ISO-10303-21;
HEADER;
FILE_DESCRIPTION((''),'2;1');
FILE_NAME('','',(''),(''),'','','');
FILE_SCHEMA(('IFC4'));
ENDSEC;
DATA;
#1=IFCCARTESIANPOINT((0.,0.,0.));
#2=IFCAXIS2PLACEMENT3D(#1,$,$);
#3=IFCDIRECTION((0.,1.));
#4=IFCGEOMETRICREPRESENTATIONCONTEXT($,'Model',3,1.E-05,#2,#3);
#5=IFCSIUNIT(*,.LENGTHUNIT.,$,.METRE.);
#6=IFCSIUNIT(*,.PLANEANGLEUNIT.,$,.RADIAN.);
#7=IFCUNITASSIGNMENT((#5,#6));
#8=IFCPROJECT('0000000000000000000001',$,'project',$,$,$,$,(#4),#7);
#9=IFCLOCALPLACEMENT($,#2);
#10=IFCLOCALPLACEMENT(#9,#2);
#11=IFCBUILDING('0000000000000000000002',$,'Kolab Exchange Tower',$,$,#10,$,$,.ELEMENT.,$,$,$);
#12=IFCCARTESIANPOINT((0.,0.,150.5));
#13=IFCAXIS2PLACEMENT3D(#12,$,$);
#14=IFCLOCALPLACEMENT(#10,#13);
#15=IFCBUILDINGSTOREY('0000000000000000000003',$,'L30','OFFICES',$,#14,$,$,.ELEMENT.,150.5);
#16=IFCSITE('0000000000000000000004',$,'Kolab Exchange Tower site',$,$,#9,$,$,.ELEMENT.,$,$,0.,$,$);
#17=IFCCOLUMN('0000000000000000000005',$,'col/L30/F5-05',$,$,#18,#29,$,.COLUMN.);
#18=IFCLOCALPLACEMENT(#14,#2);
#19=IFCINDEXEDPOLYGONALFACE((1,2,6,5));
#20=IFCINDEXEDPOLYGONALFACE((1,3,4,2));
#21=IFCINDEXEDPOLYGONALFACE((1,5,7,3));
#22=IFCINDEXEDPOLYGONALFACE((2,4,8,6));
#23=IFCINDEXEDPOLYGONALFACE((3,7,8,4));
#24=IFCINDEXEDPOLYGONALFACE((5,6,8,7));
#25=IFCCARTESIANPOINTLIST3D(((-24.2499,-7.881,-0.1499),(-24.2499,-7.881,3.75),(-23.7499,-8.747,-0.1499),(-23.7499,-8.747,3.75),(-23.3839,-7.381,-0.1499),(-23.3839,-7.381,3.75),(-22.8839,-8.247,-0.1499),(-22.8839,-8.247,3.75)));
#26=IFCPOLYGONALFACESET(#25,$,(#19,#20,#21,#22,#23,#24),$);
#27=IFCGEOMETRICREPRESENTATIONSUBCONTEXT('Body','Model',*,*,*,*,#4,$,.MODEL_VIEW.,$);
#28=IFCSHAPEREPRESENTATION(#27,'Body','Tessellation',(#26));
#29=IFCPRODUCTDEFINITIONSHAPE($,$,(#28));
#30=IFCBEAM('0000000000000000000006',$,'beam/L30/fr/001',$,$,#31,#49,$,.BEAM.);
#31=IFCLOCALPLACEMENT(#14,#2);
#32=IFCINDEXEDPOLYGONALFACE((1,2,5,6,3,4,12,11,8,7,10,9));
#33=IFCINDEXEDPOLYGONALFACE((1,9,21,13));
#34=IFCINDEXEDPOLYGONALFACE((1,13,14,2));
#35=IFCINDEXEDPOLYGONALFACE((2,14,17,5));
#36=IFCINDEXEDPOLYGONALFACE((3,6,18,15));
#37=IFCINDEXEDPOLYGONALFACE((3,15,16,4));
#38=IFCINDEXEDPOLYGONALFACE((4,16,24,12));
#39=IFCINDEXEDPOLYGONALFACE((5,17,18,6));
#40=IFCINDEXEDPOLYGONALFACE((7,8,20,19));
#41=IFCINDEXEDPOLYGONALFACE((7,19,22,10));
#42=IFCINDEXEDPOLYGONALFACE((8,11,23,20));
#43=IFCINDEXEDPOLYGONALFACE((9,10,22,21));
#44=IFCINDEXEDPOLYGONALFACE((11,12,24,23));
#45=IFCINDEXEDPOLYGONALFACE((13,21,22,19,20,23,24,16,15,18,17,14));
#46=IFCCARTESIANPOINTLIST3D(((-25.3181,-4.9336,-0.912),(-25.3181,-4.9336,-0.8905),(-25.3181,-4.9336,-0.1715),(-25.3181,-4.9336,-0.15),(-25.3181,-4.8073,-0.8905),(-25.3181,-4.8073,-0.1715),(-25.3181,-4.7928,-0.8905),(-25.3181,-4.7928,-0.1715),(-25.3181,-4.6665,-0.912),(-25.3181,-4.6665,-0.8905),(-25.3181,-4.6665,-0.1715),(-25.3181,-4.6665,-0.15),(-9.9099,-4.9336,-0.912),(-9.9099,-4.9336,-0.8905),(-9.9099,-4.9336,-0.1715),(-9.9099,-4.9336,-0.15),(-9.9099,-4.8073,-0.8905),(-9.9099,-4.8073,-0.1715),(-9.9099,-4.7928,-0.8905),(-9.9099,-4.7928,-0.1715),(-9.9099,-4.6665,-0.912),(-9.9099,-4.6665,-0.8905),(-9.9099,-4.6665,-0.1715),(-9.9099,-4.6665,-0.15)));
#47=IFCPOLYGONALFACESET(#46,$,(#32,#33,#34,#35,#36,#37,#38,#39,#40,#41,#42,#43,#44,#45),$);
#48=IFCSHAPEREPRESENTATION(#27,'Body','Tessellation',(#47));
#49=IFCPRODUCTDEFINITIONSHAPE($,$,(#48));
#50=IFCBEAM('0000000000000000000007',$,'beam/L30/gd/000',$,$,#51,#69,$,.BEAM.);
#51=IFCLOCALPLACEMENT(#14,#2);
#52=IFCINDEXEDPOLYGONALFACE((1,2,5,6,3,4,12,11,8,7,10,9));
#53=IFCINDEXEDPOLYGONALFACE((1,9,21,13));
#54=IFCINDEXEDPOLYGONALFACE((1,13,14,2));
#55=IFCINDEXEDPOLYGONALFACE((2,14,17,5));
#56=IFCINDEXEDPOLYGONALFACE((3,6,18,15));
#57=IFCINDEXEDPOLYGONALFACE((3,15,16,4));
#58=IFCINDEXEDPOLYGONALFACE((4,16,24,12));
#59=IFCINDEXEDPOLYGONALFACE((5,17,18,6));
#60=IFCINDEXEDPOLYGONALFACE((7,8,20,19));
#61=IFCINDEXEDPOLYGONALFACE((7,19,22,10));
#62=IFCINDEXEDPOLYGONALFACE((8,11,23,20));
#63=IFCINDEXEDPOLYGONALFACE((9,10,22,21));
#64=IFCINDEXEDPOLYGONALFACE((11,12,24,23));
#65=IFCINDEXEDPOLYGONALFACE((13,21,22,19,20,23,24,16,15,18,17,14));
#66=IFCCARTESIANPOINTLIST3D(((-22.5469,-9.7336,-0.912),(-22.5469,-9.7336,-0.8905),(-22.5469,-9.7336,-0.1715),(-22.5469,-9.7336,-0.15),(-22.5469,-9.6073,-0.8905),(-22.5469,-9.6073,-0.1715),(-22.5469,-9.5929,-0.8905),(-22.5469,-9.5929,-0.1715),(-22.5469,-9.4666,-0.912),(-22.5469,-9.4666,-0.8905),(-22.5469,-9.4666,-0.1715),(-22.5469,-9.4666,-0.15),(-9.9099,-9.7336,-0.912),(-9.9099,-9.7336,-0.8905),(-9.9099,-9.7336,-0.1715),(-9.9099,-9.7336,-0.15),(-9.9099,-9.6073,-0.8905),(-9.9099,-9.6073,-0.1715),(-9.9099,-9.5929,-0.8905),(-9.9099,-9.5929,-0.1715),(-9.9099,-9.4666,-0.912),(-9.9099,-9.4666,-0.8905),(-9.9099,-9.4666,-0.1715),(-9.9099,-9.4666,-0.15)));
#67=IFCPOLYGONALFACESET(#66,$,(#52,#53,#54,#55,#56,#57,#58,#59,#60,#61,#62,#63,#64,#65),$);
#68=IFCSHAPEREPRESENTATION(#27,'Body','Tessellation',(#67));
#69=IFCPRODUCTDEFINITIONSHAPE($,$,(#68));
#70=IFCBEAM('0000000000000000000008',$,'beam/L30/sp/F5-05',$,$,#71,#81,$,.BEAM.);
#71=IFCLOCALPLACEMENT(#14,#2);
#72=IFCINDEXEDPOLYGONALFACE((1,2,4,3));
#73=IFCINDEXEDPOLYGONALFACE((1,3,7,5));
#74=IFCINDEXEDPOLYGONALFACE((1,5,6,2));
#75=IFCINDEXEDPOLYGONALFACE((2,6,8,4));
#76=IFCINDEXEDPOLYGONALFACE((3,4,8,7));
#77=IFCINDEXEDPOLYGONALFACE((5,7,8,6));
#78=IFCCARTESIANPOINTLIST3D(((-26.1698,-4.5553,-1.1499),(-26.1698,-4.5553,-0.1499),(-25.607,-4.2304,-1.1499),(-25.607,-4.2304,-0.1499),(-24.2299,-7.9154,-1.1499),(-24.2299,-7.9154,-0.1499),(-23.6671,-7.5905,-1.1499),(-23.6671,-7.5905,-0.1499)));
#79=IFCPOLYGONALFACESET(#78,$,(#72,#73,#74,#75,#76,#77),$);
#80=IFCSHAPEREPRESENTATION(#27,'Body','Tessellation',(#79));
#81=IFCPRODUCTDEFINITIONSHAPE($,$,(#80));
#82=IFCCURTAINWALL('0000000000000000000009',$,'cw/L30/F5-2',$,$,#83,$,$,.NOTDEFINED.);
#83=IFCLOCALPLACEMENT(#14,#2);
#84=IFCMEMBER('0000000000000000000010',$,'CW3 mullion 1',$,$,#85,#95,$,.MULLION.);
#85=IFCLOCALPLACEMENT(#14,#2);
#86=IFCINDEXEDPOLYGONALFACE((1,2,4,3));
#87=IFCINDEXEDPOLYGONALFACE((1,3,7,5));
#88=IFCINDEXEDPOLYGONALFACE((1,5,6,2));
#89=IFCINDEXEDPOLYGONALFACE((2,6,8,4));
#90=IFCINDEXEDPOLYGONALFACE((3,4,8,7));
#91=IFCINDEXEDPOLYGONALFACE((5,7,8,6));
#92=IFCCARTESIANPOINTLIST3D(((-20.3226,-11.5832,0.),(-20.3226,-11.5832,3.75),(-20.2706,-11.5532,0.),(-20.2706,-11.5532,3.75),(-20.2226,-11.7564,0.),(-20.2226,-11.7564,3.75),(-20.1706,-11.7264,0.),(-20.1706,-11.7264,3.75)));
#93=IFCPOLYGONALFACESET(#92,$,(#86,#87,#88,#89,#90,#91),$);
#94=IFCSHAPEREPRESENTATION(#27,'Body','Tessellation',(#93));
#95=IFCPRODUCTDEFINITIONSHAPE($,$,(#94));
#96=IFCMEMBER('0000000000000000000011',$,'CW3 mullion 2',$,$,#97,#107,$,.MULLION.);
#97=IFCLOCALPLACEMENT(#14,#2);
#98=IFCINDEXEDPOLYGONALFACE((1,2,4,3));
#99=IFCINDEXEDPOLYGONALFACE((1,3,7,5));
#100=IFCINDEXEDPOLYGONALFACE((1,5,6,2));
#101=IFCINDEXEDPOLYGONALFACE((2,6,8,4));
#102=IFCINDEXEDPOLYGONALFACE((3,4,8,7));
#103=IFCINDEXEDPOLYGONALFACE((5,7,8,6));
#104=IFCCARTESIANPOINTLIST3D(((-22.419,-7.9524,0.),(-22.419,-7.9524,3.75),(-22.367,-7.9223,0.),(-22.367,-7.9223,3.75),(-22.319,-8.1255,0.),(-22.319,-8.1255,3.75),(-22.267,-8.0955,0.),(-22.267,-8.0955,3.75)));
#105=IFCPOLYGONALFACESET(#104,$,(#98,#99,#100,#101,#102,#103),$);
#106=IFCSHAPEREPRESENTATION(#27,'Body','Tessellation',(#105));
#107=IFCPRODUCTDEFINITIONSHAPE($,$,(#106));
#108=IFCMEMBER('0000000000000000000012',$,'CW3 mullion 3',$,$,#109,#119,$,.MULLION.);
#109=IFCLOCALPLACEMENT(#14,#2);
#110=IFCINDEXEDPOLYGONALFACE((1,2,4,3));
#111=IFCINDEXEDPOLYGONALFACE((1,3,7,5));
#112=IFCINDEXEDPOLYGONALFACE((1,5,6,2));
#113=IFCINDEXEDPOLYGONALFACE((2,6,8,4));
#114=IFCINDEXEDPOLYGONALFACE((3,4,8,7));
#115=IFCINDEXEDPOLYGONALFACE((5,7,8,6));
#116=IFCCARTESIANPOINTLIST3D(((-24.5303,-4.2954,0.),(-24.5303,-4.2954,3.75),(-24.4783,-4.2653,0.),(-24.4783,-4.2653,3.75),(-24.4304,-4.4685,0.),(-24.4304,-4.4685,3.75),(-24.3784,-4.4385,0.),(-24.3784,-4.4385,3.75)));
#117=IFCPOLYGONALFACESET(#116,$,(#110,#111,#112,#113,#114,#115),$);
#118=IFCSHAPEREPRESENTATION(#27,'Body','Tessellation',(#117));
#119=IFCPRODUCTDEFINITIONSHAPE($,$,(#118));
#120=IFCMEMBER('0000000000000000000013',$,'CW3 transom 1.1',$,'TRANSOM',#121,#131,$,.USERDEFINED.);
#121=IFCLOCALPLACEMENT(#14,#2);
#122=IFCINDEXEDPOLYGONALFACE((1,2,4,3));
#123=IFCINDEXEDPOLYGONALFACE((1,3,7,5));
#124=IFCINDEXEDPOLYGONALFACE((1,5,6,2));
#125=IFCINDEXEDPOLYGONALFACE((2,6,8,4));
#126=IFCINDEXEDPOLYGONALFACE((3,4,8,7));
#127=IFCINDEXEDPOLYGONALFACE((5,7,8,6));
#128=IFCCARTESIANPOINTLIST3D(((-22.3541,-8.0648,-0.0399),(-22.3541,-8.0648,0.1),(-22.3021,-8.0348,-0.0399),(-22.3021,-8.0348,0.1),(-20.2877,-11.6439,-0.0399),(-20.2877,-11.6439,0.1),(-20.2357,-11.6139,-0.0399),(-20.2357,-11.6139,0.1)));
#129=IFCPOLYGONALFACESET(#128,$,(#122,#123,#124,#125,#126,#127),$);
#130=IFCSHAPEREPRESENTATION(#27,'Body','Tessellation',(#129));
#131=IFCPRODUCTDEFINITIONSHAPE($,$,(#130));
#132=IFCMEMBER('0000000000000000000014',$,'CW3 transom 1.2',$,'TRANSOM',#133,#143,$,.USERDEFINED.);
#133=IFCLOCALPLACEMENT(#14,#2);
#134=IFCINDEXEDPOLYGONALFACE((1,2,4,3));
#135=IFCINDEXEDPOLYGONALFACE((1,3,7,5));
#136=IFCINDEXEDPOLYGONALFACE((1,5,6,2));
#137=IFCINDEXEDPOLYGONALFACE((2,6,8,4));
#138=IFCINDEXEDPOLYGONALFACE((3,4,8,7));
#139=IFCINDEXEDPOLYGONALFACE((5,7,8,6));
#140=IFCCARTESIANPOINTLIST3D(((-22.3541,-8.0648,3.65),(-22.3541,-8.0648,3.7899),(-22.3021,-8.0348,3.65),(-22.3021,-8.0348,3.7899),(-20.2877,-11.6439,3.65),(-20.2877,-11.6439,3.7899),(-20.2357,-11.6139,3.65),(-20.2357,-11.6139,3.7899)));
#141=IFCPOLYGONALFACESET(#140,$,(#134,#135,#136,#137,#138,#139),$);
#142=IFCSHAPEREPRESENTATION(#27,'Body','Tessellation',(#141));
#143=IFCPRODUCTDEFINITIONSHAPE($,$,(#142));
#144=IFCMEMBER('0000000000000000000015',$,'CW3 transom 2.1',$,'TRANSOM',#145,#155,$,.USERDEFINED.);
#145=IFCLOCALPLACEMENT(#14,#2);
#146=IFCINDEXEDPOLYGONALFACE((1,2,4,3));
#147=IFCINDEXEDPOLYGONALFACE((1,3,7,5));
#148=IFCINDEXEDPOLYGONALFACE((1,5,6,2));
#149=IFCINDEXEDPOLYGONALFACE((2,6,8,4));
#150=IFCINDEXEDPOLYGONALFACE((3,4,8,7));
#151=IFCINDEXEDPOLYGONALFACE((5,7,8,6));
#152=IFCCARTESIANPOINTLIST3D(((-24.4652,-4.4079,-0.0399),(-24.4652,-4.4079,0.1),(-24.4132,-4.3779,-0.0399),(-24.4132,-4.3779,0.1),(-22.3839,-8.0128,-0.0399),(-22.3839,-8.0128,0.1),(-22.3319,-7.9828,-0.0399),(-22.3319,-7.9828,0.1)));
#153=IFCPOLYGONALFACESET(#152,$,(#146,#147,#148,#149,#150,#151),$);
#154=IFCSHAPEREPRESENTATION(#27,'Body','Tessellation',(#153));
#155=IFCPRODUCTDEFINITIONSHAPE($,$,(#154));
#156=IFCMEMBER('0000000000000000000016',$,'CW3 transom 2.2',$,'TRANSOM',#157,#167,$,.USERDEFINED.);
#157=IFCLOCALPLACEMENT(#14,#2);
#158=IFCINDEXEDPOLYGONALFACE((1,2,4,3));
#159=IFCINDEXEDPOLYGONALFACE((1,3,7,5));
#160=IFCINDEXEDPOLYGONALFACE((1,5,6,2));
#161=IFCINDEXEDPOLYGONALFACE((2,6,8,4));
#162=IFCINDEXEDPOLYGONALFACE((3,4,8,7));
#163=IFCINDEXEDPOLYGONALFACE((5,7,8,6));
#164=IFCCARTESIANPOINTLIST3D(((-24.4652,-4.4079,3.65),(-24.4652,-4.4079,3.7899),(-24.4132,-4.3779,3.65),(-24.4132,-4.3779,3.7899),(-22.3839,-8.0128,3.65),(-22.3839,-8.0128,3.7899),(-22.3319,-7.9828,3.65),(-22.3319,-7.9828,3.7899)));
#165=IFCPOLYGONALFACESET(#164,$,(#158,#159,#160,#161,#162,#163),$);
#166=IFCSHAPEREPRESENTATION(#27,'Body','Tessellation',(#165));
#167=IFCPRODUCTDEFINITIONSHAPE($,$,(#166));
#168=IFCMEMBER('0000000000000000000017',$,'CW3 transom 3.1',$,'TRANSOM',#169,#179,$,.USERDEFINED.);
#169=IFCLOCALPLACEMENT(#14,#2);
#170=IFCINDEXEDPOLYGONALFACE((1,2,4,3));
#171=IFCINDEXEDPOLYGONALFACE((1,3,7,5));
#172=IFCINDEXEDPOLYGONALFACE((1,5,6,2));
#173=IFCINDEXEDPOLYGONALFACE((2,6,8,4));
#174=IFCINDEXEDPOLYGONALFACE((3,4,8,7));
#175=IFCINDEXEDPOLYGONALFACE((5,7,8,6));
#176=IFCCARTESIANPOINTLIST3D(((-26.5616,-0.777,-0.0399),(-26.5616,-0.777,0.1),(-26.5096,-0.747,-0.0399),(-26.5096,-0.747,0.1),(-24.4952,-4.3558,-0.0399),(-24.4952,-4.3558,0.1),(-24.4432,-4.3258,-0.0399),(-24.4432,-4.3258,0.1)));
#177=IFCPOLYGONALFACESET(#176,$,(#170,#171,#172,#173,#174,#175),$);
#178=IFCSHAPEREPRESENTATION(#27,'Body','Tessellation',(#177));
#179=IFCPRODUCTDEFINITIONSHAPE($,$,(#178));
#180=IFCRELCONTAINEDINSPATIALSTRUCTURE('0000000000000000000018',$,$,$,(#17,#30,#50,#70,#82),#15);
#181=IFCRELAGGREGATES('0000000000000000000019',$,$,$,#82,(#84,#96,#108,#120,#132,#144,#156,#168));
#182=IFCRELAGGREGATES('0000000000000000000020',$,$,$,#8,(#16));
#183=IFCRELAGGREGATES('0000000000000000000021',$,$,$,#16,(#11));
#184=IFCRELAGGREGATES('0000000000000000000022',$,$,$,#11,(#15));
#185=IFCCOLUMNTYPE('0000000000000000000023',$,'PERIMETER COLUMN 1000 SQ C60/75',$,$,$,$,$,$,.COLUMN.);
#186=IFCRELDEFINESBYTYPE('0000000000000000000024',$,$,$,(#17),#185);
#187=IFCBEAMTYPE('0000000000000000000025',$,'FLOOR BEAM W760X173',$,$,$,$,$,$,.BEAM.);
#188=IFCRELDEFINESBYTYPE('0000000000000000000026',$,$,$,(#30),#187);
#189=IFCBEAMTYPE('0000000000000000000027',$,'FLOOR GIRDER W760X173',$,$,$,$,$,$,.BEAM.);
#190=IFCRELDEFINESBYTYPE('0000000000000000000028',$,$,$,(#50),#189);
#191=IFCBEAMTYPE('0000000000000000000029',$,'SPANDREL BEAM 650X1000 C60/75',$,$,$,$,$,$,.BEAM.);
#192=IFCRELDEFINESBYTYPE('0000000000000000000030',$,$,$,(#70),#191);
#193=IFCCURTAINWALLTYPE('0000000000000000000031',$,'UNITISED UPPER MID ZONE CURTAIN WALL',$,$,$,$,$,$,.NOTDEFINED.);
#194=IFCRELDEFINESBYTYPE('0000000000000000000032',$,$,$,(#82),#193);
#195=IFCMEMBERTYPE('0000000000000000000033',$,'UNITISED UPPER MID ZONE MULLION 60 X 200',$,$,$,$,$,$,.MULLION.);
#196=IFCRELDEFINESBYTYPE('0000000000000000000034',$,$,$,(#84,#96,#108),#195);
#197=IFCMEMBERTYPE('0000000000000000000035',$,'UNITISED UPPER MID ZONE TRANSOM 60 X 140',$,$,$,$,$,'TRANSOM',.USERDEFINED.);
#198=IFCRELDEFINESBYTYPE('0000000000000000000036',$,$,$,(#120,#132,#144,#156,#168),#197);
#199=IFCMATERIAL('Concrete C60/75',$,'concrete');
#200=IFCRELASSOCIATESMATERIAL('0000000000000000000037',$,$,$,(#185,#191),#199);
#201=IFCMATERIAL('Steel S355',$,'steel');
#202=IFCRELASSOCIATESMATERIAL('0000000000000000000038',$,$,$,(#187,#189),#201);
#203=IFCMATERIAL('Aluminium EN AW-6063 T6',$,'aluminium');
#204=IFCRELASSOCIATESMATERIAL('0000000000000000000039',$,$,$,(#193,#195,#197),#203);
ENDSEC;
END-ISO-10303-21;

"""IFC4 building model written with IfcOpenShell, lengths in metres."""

from ifc_helpers import new_model, si_unit, direction, frame, origin, origin_2d, place, context, subcontext, project, spatial, rectangle, i_section, extrude, material, material_profile, profile_set, type_object, element, aggregate, save


model = new_model("IFC4")

# Units and contexts
model_context = context("Model", 3, precision=1e-05, world=origin(), true_north=direction((0.0, 1.0)))
body_context = subcontext(model_context, "Body", "Model", "MODEL_VIEW")
ifc_project = project(units=[si_unit("LENGTHUNIT", "METRE"), si_unit("PLANEANGLEUNIT", "RADIAN")], contexts=[model_context])

# Site, building, storey
site_placement = place(None, origin())
site = spatial("IfcSite", under=ifc_project, at=site_placement, Name="Kolab Exchange Tower site", CompositionType="ELEMENT", RefElevation=0.0)
building_placement = place(site_placement, origin())
building = spatial("IfcBuilding", under=site, at=building_placement, Name="Kolab Exchange Tower", CompositionType="ELEMENT")
storey_placement = place(building_placement, frame((0.0, 0.0, 150.5)))
storey = spatial("IfcBuildingStorey", under=building, at=storey_placement, Name="L30", Description="OFFICES", CompositionType="ELEMENT", Elevation=150.5)

# Column
ifc_material_1 = material(Name="Concrete C60/75", Category="concrete")
ifc_material_profile_1 = material_profile(ifc_material_1, rectangle(XDim=1.0, YDim=1.0, at=origin_2d()), Name="RC1000")
ifc_profile_set_1 = profile_set([ifc_material_profile_1], Name="Concrete C60/75")
column_type = type_object("IfcColumnType", Name="PERIMETER COLUMN 1000 SQ C60/75", PredefinedType="COLUMN", material=ifc_profile_set_1)
column_placement = place(storey_placement, frame((-23.5669, -8.064, -0.1499), z_axis=(0.0, 0.0, 1.0), x_axis=(0.866025, 0.5, 0.0)))
element("IfcColumn", 1, at=column_placement, inside=storey, type_object=column_type, Name="col/L30/F5-05", PredefinedType="COLUMN", context=body_context, shape_type="SweptSolid", body=[
    extrude(rectangle(XDim=1.0, YDim=1.0, at=origin_2d()), origin(), (0.0, 0.0, 1.0), 3.8999),
])

# Beams
ifc_material_2 = material(Name="Steel S355", Category="steel")
ifc_material_profile_2 = material_profile(ifc_material_2, i_section(OverallWidth=0.2671, OverallDepth=0.762, WebThickness=0.0144, FlangeThickness=0.0215, at=origin_2d()), Name="W760X173")
ifc_profile_set_2 = profile_set([ifc_material_profile_2], Name="Steel S355")
beam_type_1 = type_object("IfcBeamType", Name="FLOOR BEAM W760X173", PredefinedType="BEAM", material=ifc_profile_set_2)
beam_1_placement = place(storey_placement, frame((-25.3181, -4.8, -0.531), z_axis=(1.0, 0.0, 0.0), x_axis=(0.0, 1.0, 0.0)))
element("IfcBeam", 2, at=beam_1_placement, inside=storey, type_object=beam_type_1, Name="beam/L30/fr/001", PredefinedType="BEAM", context=body_context, shape_type="SweptSolid", body=[
    extrude(i_section(OverallWidth=0.2671, OverallDepth=0.762, WebThickness=0.0144, FlangeThickness=0.0215, at=origin_2d()), origin(), (0.0, 0.0, 1.0), 15.4082),
])
ifc_material_profile_3 = material_profile(ifc_material_2, i_section(OverallWidth=0.2671, OverallDepth=0.762, WebThickness=0.0144, FlangeThickness=0.0215, at=origin_2d()), Name="W760X173")
ifc_profile_set_3 = profile_set([ifc_material_profile_3], Name="Steel S355")
beam_type_2 = type_object("IfcBeamType", Name="FLOOR GIRDER W760X173", PredefinedType="BEAM", material=ifc_profile_set_3)
beam_2_placement = place(storey_placement, frame((-22.5469, -9.6001, -0.531), z_axis=(1.0, 0.0, 0.0), x_axis=(0.0, 1.0, 0.0)))
element("IfcBeam", 3, at=beam_2_placement, inside=storey, type_object=beam_type_2, Name="beam/L30/gd/000", PredefinedType="BEAM", context=body_context, shape_type="SweptSolid", body=[
    extrude(i_section(OverallWidth=0.2671, OverallDepth=0.762, WebThickness=0.0144, FlangeThickness=0.0215, at=origin_2d()), origin(), (0.0, 0.0, 1.0), 12.637),
])
ifc_material_profile_4 = material_profile(ifc_material_1, rectangle(XDim=0.6499, YDim=1.0, at=origin_2d()), Name="RC650X1000")
ifc_profile_set_4 = profile_set([ifc_material_profile_4], Name="Concrete C60/75")
beam_type_3 = type_object("IfcBeamType", Name="SPANDREL BEAM 650X1000 C60/75", PredefinedType="BEAM", material=ifc_profile_set_4)
beam_3_placement = place(storey_placement, frame((-23.9485, -7.7529, -0.6499), z_axis=(-0.499997, 0.866027, 0.0), x_axis=(-0.866027, -0.499997, 0.0)))
element("IfcBeam", 4, at=beam_3_placement, inside=storey, type_object=beam_type_3, Name="beam/L30/sp/F5-05", PredefinedType="BEAM", context=body_context, shape_type="SweptSolid", body=[
    extrude(rectangle(XDim=0.6499, YDim=1.0, at=origin_2d()), origin(), (0.0, 0.0, 1.0), 3.8799),
])

# Curtain wall, members
ifc_material_3 = material(Name="Aluminium EN AW-6063 T6", Category="aluminium")
curtain_wall_type = type_object("IfcCurtainWallType", Name="UNITISED UPPER MID ZONE CURTAIN WALL", PredefinedType="NOTDEFINED", material=ifc_material_3)
curtain_wall_placement = place(storey_placement, origin())
curtain_wall = element("IfcCurtainWall", 5, at=curtain_wall_placement, inside=storey, type_object=curtain_wall_type, Name="cw/L30/F5-2", PredefinedType="NOTDEFINED")
ifc_material_profile_5 = material_profile(ifc_material_3, rectangle(XDim=0.0601, YDim=0.2, at=origin_2d()), Name="RECT 60X200")
ifc_profile_set_5 = profile_set([ifc_material_profile_5], Name="Aluminium EN AW-6063 T6")
member_type_1 = type_object("IfcMemberType", Name="UNITISED UPPER MID ZONE MULLION 60 X 200", PredefinedType="MULLION", material=ifc_profile_set_5)
member_1_placement = place(storey_placement, frame((-20.2466, -11.6548, 0.0), z_axis=(0.0, 0.0, 1.0), x_axis=(-0.866025, -0.5, 0.0)))
member_1 = element("IfcMember", 6, at=member_1_placement, type_object=member_type_1, Name="CW3 mullion 1", PredefinedType="MULLION", context=body_context, shape_type="SweptSolid", body=[
    extrude(rectangle(XDim=0.0601, YDim=0.2, at=origin_2d()), origin(), (0.0, 0.0, 1.0), 3.75),
])
member_2_placement = place(storey_placement, frame((-22.343, -8.0239, 0.0), z_axis=(0.0, 0.0, 1.0), x_axis=(-0.866025, -0.5, 0.0)))
member_2 = element("IfcMember", 7, at=member_2_placement, type_object=member_type_1, Name="CW3 mullion 2", PredefinedType="MULLION", context=body_context, shape_type="SweptSolid", body=[
    extrude(rectangle(XDim=0.0601, YDim=0.2, at=origin_2d()), origin(), (0.0, 0.0, 1.0), 3.75),
])
member_3_placement = place(storey_placement, frame((-24.4543, -4.3669, 0.0), z_axis=(0.0, 0.0, 1.0), x_axis=(-0.866025, -0.5, 0.0)))
member_3 = element("IfcMember", 8, at=member_3_placement, type_object=member_type_1, Name="CW3 mullion 3", PredefinedType="MULLION", context=body_context, shape_type="SweptSolid", body=[
    extrude(rectangle(XDim=0.0601, YDim=0.2, at=origin_2d()), origin(), (0.0, 0.0, 1.0), 3.75),
])
ifc_material_profile_6 = material_profile(ifc_material_3, rectangle(XDim=0.0601, YDim=0.1399, at=origin_2d()), Name="RECT 60X140")
ifc_profile_set_6 = profile_set([ifc_material_profile_6], Name="Aluminium EN AW-6063 T6")
member_type_2 = type_object("IfcMemberType", Name="UNITISED UPPER MID ZONE TRANSOM 60 X 140", ElementType="TRANSOM", PredefinedType="USERDEFINED", material=ifc_profile_set_6)
member_4_placement = place(storey_placement, frame((-20.2617, -11.6289, 0.03), z_axis=(-0.500002, 0.866024, 0.0), x_axis=(-0.866024, -0.500002, 0.0)))
member_4 = element("IfcMember", 9, at=member_4_placement, type_object=member_type_2, Name="CW3 transom 1.1", ObjectType="TRANSOM", PredefinedType="USERDEFINED", context=body_context, shape_type="SweptSolid", body=[
    extrude(rectangle(XDim=0.0601, YDim=0.1399, at=origin_2d()), origin(), (0.0, 0.0, 1.0), 4.1328),
])
member_5_placement = place(storey_placement, frame((-20.2617, -11.6289, 3.72), z_axis=(-0.500002, 0.866024, 0.0), x_axis=(-0.866024, -0.500002, 0.0)))
member_5 = element("IfcMember", 10, at=member_5_placement, type_object=member_type_2, Name="CW3 transom 1.2", ObjectType="TRANSOM", PredefinedType="USERDEFINED", context=body_context, shape_type="SweptSolid", body=[
    extrude(rectangle(XDim=0.0601, YDim=0.1399, at=origin_2d()), origin(), (0.0, 0.0, 1.0), 4.1328),
])
member_6_placement = place(storey_placement, frame((-22.3579, -7.9978, 0.03), z_axis=(-0.499993, 0.866029, 0.0), x_axis=(-0.866029, -0.499993, 0.0)))
member_6 = element("IfcMember", 11, at=member_6_placement, type_object=member_type_2, Name="CW3 transom 2.1", ObjectType="TRANSOM", PredefinedType="USERDEFINED", context=body_context, shape_type="SweptSolid", body=[
    extrude(rectangle(XDim=0.0601, YDim=0.1399, at=origin_2d()), origin(), (0.0, 0.0, 1.0), 4.1626),
])
member_7_placement = place(storey_placement, frame((-22.3579, -7.9978, 3.72), z_axis=(-0.499993, 0.866029, 0.0), x_axis=(-0.866029, -0.499993, 0.0)))
member_7 = element("IfcMember", 12, at=member_7_placement, type_object=member_type_2, Name="CW3 transom 2.2", ObjectType="TRANSOM", PredefinedType="USERDEFINED", context=body_context, shape_type="SweptSolid", body=[
    extrude(rectangle(XDim=0.0601, YDim=0.1399, at=origin_2d()), origin(), (0.0, 0.0, 1.0), 4.1626),
])
member_8_placement = place(storey_placement, frame((-24.4692, -4.3408, 0.03), z_axis=(-0.500028, 0.866009, 0.0), x_axis=(-0.866009, -0.500028, 0.0)))
member_8 = element("IfcMember", 13, at=member_8_placement, type_object=member_type_2, Name="CW3 transom 3.1", ObjectType="TRANSOM", PredefinedType="USERDEFINED", context=body_context, shape_type="SweptSolid", body=[
    extrude(rectangle(XDim=0.0601, YDim=0.1399, at=origin_2d()), origin(), (0.0, 0.0, 1.0), 4.1326),
])
aggregate(curtain_wall, [member_1, member_2, member_3, member_4, member_5, member_6, member_7, member_8])

save(model, "model.ifc")
